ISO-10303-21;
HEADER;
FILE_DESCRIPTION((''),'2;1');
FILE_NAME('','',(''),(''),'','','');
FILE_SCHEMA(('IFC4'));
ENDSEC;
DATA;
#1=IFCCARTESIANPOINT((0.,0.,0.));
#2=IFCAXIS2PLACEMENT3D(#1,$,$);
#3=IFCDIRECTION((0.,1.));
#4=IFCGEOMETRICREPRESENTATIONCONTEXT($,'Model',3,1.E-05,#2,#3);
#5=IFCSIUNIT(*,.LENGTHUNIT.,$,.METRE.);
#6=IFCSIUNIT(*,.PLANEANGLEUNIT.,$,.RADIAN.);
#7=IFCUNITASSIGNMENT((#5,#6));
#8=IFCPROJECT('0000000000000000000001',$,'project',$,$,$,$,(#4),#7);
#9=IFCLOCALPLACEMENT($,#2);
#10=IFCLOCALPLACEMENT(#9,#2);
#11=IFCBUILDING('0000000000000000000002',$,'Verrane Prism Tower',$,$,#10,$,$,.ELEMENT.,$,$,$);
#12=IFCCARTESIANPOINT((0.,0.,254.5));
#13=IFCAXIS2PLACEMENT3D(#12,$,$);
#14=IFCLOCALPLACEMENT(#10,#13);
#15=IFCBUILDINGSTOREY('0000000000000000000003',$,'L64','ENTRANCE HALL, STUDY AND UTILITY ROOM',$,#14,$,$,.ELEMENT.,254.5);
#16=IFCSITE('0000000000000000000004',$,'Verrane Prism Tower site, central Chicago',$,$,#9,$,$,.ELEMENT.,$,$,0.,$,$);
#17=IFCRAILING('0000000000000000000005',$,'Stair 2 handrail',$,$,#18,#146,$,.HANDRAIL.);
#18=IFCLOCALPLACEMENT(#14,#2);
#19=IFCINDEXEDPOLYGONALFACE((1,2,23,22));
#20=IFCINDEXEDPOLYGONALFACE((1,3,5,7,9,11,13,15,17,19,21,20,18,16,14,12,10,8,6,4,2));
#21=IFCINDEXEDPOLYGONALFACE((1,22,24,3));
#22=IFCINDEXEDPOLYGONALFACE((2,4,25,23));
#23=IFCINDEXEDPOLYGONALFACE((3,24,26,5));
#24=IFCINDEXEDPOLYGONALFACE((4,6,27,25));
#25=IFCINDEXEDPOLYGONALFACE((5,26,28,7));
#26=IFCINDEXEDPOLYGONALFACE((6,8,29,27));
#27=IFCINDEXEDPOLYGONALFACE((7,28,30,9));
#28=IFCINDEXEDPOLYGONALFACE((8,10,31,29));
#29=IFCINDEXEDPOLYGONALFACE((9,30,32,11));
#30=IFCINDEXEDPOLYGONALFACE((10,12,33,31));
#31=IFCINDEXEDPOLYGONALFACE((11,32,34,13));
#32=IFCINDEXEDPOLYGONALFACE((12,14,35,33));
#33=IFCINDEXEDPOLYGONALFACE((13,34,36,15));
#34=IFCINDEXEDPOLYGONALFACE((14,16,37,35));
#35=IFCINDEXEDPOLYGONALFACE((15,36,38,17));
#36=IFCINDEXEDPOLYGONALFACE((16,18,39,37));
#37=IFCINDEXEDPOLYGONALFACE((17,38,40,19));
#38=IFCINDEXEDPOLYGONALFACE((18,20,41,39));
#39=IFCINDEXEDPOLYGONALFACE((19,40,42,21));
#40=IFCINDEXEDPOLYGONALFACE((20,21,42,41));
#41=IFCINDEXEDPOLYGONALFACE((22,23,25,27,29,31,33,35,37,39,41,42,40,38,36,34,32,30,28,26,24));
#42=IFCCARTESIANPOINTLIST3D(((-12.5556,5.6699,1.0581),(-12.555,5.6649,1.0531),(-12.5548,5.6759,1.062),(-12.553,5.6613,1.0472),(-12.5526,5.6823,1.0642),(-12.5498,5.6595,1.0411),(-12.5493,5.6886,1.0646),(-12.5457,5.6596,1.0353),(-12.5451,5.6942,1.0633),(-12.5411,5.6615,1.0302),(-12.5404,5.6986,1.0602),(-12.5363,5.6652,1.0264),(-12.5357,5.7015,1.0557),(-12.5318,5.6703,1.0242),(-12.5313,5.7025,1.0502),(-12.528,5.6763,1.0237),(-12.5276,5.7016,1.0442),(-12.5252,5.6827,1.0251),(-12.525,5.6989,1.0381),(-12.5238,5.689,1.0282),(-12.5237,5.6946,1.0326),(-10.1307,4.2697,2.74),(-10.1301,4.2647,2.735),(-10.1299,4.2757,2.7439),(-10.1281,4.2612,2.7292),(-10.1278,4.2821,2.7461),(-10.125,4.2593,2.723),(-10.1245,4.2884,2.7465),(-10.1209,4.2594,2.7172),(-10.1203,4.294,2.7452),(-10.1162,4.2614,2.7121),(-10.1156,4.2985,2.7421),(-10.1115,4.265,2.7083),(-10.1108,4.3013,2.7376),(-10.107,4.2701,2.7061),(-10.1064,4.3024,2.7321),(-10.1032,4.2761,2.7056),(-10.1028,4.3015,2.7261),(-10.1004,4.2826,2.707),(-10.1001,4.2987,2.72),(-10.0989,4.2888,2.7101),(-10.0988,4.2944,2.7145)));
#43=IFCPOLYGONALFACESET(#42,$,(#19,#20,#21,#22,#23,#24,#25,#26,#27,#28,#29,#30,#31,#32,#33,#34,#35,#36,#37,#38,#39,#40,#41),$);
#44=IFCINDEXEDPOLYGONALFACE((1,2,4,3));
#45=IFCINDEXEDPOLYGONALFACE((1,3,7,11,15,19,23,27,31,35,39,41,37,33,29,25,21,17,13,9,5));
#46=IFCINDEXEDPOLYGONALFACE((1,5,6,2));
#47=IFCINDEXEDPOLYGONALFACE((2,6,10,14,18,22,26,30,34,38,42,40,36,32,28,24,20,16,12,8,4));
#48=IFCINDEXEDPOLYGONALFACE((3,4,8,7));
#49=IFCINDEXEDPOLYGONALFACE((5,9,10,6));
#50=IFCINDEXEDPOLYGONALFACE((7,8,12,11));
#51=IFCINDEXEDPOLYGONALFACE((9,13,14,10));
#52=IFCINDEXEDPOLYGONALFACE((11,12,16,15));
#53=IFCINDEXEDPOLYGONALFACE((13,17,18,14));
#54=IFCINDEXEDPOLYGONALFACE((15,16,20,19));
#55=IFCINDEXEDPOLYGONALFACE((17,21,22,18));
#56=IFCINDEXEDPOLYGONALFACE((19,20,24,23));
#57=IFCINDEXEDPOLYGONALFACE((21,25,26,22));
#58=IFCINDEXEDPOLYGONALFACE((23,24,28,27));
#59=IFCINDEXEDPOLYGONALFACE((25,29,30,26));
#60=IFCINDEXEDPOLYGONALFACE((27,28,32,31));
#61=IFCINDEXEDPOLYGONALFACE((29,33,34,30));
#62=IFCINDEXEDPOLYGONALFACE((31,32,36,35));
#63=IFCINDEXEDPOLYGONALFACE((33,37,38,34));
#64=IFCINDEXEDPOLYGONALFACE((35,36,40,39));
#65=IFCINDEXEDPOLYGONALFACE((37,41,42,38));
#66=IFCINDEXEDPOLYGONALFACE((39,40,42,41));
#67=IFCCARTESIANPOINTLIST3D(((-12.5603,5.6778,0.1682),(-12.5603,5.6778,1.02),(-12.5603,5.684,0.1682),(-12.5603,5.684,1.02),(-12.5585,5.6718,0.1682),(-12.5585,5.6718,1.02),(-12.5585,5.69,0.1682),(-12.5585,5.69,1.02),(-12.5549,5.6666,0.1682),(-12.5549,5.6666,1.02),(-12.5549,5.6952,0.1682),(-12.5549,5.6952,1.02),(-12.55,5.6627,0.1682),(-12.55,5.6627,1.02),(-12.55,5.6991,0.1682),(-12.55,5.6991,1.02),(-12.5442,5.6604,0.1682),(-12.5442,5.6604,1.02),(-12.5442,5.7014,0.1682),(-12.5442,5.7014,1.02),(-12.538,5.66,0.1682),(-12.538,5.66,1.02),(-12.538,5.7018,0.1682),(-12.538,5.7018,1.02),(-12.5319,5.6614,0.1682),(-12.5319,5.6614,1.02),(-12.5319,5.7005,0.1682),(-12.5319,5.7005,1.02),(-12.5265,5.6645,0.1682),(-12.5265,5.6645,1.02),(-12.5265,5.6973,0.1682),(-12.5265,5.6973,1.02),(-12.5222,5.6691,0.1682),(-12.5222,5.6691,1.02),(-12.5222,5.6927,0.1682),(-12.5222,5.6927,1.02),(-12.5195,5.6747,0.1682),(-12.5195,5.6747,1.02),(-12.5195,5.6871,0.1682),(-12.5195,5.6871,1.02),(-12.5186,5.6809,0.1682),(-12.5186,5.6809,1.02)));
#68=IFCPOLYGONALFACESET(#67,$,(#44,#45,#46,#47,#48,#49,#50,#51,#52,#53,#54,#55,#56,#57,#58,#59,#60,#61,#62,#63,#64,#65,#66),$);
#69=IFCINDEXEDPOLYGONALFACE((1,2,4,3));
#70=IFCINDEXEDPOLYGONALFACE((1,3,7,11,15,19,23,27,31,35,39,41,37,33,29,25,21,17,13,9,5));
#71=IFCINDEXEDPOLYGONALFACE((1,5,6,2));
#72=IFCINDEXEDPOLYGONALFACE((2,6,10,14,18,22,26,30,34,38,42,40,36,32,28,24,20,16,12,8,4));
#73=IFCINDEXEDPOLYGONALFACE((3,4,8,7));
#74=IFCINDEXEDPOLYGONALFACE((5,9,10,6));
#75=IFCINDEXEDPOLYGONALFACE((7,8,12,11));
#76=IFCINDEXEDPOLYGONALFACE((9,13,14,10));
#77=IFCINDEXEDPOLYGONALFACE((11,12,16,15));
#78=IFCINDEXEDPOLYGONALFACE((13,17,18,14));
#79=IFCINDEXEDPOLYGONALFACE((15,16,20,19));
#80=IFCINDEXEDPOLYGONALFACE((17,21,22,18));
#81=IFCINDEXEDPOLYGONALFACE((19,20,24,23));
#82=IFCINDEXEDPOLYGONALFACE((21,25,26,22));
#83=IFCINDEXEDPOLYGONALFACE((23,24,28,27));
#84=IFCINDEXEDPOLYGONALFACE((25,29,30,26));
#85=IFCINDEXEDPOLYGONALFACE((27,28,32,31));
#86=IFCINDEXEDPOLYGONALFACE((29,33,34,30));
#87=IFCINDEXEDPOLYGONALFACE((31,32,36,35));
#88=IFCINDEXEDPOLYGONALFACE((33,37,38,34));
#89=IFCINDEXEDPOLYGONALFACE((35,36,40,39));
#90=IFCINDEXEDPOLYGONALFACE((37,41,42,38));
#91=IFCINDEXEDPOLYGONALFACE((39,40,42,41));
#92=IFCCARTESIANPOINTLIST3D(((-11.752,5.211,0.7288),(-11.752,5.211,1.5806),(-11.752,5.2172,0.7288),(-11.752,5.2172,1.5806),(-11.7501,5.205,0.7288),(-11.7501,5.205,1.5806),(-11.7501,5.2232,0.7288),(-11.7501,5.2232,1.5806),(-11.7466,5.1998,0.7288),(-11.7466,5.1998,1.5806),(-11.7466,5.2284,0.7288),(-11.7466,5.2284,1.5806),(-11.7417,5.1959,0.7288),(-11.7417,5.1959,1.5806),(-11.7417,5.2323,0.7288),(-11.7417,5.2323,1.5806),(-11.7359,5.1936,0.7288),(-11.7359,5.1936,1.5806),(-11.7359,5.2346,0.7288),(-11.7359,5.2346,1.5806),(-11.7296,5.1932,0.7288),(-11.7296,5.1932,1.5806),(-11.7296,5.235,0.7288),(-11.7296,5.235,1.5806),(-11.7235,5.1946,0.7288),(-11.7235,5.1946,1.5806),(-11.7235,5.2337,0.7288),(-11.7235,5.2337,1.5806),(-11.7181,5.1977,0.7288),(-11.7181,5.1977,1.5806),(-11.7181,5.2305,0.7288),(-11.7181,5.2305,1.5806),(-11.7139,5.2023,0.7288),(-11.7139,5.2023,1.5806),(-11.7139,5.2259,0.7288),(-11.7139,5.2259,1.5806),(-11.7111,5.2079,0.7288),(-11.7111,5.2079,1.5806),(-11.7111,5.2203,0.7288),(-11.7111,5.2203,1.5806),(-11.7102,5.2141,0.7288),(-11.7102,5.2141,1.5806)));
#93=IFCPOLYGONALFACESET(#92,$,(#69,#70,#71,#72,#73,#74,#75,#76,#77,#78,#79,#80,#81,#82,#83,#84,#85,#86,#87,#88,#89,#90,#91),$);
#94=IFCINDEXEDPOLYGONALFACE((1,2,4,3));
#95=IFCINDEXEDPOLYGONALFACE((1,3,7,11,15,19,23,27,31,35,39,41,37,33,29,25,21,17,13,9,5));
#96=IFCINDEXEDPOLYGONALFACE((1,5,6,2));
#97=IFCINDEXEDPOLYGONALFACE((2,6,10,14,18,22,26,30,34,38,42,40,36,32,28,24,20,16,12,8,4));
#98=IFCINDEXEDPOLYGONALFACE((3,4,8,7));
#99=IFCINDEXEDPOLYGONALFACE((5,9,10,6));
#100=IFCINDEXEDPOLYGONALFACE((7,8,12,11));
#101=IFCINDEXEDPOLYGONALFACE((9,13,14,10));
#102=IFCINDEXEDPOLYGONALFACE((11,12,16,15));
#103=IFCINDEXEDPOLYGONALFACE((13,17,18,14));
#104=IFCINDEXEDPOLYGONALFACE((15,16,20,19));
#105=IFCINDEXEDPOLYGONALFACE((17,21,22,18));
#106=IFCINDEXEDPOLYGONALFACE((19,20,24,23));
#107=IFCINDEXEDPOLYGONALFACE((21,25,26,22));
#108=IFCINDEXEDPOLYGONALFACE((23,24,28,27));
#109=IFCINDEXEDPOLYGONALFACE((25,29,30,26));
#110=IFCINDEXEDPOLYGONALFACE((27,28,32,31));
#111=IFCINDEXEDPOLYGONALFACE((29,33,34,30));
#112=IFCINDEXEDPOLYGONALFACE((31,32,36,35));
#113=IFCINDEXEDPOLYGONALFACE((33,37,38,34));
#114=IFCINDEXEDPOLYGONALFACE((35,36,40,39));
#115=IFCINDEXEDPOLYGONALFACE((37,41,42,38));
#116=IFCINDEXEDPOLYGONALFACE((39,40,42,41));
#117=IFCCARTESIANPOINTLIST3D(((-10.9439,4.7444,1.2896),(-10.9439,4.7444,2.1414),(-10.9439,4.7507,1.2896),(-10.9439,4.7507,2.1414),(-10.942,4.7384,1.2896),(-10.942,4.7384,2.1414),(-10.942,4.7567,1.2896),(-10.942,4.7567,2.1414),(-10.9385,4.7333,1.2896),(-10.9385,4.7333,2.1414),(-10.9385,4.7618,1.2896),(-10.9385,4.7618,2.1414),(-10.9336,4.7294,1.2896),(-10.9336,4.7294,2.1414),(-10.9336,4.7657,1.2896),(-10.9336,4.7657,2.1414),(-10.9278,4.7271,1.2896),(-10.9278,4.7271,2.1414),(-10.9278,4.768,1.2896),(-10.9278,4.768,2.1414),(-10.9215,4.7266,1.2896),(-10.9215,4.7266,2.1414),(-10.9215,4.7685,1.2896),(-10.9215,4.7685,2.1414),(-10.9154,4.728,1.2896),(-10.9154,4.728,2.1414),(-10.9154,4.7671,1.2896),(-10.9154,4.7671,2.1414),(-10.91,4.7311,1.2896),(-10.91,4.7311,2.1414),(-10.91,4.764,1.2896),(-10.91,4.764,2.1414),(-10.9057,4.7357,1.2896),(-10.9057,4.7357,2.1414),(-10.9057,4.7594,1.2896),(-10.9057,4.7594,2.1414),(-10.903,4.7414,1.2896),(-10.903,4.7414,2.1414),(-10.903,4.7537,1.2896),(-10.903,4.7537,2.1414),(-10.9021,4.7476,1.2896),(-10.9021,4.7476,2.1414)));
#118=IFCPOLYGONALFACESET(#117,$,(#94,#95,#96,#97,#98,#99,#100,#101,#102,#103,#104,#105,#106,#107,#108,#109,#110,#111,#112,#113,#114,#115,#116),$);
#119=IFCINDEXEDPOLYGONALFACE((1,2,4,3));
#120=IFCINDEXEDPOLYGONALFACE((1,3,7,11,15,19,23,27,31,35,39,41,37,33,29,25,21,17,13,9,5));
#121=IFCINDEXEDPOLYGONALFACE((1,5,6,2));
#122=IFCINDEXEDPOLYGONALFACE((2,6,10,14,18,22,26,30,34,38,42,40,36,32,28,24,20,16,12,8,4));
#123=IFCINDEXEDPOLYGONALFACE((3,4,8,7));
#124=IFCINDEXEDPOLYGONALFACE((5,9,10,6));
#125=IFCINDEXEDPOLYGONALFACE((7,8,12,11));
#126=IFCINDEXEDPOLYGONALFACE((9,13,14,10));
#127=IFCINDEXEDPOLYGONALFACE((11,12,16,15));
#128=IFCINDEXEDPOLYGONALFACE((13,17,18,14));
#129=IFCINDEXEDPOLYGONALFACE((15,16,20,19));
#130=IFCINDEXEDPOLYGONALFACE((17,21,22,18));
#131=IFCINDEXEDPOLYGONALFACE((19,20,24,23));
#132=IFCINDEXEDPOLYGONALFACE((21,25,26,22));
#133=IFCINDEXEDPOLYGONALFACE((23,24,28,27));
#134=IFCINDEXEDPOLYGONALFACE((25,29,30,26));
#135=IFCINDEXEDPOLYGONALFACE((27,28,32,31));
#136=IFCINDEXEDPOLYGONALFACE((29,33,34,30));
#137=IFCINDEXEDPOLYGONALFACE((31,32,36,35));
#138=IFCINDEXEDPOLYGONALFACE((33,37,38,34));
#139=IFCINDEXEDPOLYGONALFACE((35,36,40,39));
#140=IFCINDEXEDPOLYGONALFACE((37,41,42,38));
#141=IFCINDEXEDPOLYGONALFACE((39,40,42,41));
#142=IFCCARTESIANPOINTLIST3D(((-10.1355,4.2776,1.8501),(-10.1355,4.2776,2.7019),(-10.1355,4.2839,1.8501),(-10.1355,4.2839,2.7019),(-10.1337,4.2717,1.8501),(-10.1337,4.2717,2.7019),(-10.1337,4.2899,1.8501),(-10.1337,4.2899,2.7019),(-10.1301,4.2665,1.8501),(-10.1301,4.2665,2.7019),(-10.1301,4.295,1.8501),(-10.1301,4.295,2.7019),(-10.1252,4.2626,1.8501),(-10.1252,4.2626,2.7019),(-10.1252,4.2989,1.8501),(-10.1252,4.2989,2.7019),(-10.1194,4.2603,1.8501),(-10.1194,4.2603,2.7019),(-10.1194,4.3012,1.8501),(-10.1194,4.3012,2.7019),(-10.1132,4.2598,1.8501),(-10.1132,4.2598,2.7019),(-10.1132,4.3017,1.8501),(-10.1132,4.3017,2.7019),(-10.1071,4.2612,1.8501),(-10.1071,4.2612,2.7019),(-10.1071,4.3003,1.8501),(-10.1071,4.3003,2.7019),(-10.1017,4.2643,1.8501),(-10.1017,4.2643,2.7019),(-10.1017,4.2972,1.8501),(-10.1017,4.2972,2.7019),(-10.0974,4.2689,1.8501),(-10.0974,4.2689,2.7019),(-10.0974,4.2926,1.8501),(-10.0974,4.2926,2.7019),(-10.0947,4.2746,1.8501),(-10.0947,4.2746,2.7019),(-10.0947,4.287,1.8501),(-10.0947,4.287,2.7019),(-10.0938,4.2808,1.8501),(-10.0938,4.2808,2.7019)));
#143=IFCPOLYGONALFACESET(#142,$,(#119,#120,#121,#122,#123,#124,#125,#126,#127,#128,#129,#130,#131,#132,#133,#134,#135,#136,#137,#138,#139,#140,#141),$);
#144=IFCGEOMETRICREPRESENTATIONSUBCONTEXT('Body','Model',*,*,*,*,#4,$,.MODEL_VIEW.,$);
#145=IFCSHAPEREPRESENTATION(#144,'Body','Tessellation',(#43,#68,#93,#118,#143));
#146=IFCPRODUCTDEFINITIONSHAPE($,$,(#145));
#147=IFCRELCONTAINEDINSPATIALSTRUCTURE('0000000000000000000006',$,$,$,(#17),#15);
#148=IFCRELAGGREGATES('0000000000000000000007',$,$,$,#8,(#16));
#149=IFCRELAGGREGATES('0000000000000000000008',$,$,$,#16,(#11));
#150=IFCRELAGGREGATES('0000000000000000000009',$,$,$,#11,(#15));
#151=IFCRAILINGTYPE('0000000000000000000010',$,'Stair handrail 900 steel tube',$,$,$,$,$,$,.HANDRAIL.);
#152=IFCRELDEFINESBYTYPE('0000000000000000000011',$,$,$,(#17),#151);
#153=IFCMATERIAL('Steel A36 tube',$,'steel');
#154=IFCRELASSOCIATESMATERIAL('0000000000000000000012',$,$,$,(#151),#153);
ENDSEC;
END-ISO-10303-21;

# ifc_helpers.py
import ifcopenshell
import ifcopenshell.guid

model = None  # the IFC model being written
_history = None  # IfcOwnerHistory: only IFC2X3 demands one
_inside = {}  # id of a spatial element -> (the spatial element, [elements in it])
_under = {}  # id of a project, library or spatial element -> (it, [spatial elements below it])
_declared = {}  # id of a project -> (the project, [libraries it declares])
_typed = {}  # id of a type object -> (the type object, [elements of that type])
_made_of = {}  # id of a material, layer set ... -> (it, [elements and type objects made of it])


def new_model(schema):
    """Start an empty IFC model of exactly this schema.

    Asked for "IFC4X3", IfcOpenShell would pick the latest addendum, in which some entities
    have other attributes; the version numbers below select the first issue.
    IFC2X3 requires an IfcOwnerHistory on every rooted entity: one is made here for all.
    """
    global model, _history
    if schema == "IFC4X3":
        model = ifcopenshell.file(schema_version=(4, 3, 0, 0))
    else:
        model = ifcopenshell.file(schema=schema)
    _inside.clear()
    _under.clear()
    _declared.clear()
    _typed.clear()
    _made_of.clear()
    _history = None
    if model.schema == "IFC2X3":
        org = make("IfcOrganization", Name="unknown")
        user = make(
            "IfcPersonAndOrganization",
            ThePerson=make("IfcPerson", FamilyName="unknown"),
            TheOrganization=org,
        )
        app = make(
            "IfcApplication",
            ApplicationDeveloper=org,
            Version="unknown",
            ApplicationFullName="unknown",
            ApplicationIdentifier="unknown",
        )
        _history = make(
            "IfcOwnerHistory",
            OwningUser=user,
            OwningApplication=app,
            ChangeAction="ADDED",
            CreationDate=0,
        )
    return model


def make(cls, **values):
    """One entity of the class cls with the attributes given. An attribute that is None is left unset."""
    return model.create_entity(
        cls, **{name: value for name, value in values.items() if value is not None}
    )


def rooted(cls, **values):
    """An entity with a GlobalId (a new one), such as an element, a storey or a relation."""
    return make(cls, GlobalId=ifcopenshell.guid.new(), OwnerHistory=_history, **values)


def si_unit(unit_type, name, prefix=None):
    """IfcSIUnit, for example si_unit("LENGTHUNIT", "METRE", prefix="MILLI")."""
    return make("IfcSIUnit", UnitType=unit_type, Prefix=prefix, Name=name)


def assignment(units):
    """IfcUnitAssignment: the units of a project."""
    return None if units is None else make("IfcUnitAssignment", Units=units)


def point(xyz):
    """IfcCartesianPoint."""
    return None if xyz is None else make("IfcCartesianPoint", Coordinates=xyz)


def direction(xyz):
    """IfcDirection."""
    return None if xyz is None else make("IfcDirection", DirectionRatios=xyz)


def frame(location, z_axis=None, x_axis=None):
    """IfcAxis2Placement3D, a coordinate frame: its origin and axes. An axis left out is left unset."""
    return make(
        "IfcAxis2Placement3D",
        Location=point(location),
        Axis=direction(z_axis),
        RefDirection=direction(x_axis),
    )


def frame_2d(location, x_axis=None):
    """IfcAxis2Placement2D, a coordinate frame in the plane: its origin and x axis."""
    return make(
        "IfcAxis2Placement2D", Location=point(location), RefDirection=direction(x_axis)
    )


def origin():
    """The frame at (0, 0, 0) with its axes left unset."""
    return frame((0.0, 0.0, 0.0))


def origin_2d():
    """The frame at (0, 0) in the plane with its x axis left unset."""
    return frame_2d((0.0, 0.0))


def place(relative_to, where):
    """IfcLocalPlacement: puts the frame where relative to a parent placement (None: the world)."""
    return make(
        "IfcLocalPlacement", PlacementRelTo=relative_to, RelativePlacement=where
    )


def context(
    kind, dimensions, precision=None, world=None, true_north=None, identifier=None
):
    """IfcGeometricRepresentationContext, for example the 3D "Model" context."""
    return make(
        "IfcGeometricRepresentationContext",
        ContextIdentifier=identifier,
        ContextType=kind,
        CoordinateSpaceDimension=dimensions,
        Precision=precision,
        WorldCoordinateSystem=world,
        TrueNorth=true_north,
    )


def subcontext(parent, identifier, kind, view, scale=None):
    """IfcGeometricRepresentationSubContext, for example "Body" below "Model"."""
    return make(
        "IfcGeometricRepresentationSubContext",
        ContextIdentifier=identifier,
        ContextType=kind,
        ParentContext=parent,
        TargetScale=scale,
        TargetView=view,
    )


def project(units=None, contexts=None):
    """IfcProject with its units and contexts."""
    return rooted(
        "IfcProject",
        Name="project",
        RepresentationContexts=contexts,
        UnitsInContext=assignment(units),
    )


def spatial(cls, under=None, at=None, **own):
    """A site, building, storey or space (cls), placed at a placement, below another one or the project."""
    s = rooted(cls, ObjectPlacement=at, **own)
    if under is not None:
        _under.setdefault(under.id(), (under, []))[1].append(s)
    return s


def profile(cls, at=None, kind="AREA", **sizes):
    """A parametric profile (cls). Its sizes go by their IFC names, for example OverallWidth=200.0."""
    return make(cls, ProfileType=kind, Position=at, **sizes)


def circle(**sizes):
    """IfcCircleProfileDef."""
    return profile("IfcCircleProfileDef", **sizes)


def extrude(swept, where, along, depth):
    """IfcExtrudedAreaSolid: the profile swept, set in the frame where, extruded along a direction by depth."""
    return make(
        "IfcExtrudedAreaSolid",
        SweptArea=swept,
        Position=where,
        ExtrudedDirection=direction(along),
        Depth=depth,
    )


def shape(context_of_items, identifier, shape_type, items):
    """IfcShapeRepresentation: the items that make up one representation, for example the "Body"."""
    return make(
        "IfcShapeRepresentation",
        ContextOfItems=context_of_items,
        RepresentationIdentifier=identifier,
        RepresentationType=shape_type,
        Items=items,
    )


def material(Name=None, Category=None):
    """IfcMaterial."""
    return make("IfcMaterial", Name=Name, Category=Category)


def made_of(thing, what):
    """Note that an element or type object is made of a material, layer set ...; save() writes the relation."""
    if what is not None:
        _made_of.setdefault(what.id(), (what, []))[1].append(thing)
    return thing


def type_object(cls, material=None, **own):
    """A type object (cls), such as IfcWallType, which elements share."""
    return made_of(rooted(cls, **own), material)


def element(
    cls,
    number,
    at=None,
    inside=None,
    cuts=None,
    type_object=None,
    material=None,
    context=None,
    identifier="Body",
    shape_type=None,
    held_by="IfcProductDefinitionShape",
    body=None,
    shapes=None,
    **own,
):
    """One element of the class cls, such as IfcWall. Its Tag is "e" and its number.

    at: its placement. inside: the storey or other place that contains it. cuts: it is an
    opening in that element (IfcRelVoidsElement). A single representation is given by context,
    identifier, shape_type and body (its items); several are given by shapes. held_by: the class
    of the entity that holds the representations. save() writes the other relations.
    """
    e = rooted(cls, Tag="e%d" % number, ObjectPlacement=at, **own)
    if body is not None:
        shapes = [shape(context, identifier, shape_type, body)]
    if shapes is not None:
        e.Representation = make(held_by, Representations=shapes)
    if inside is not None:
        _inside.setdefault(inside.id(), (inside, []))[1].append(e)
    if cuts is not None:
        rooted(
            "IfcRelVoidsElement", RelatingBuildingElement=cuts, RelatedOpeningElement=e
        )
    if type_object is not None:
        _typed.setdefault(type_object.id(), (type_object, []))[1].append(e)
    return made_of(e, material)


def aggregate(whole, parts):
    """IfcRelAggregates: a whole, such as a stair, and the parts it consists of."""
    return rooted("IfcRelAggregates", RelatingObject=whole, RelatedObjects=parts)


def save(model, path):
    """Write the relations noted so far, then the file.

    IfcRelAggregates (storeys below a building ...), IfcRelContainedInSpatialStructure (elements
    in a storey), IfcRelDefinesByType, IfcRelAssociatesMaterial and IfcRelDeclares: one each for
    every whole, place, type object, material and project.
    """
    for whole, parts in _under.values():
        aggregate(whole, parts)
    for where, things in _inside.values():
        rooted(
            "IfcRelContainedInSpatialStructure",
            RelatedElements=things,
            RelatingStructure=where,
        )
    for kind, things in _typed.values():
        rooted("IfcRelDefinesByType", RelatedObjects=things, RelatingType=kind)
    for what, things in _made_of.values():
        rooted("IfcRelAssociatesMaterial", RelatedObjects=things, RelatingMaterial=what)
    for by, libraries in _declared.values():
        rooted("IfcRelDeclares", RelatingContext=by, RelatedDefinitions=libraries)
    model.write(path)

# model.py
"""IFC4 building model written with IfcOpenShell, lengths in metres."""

from ifc_helpers import new_model, si_unit, direction, frame, origin, origin_2d, place, context, subcontext, project, spatial, circle, extrude, material, type_object, element, save


model = new_model("IFC4")

# Units and contexts
model_context = context("Model", 3, precision=1e-05, world=origin(), true_north=direction((0.0, 1.0)))
body_context = subcontext(model_context, "Body", "Model", "MODEL_VIEW")
ifc_project = project(units=[si_unit("LENGTHUNIT", "METRE"), si_unit("PLANEANGLEUNIT", "RADIAN")], contexts=[model_context])

# Site, building, storey
site_placement = place(None, origin())
site = spatial("IfcSite", under=ifc_project, at=site_placement, Name="Verrane Prism Tower site, central Chicago", CompositionType="ELEMENT", RefElevation=0.0)
building_placement = place(site_placement, origin())
building = spatial("IfcBuilding", under=site, at=building_placement, Name="Verrane Prism Tower", CompositionType="ELEMENT")
storey_placement = place(building_placement, frame((0.0, 0.0, 254.5)))
storey = spatial("IfcBuildingStorey", under=building, at=storey_placement, Name="L64", Description="ENTRANCE HALL, STUDY AND UTILITY ROOM", CompositionType="ELEMENT", Elevation=254.5)

# Railing
ifc_material_1 = material(Name="Steel A36 tube", Category="steel")
railing_type_1 = type_object("IfcRailingType", Name="Stair handrail 900 steel tube", PredefinedType="HANDRAIL", material=ifc_material_1)
railing_1_placement = place(storey_placement, frame((-12.5396, 5.6809, 0.1682)))
element("IfcRailing", 1, at=railing_1_placement, inside=storey, type_object=railing_type_1, Name="Stair 2 handrail", PredefinedType="HANDRAIL", context=body_context, shape_type="SweptSolid", body=[
    extrude(circle(Radius=0.0239, at=origin_2d()), frame((0.0, 0.0, 0.876), z_axis=(0.742367, -0.428662, 0.514918), x_axis=(0.50005, 0.865997, 0.0)), (0.0, 0.0, 1.0), 3.2664),
    extrude(circle(Radius=0.021, at=origin_2d()), origin(), (0.0, 0.0, 1.0), 0.8518),
    extrude(circle(Radius=0.021, at=origin_2d()), frame((0.8083, -0.4668, 0.5605)), (0.0, 0.0, 1.0), 0.8518),
    extrude(circle(Radius=0.021, at=origin_2d()), frame((1.6165, -0.9333, 1.1213)), (0.0, 0.0, 1.0), 0.8518),
    extrude(circle(Radius=0.021, at=origin_2d()), frame((2.4248, -1.4001, 1.6819)), (0.0, 0.0, 1.0), 0.8518),
])

save(model, "model.ifc")
